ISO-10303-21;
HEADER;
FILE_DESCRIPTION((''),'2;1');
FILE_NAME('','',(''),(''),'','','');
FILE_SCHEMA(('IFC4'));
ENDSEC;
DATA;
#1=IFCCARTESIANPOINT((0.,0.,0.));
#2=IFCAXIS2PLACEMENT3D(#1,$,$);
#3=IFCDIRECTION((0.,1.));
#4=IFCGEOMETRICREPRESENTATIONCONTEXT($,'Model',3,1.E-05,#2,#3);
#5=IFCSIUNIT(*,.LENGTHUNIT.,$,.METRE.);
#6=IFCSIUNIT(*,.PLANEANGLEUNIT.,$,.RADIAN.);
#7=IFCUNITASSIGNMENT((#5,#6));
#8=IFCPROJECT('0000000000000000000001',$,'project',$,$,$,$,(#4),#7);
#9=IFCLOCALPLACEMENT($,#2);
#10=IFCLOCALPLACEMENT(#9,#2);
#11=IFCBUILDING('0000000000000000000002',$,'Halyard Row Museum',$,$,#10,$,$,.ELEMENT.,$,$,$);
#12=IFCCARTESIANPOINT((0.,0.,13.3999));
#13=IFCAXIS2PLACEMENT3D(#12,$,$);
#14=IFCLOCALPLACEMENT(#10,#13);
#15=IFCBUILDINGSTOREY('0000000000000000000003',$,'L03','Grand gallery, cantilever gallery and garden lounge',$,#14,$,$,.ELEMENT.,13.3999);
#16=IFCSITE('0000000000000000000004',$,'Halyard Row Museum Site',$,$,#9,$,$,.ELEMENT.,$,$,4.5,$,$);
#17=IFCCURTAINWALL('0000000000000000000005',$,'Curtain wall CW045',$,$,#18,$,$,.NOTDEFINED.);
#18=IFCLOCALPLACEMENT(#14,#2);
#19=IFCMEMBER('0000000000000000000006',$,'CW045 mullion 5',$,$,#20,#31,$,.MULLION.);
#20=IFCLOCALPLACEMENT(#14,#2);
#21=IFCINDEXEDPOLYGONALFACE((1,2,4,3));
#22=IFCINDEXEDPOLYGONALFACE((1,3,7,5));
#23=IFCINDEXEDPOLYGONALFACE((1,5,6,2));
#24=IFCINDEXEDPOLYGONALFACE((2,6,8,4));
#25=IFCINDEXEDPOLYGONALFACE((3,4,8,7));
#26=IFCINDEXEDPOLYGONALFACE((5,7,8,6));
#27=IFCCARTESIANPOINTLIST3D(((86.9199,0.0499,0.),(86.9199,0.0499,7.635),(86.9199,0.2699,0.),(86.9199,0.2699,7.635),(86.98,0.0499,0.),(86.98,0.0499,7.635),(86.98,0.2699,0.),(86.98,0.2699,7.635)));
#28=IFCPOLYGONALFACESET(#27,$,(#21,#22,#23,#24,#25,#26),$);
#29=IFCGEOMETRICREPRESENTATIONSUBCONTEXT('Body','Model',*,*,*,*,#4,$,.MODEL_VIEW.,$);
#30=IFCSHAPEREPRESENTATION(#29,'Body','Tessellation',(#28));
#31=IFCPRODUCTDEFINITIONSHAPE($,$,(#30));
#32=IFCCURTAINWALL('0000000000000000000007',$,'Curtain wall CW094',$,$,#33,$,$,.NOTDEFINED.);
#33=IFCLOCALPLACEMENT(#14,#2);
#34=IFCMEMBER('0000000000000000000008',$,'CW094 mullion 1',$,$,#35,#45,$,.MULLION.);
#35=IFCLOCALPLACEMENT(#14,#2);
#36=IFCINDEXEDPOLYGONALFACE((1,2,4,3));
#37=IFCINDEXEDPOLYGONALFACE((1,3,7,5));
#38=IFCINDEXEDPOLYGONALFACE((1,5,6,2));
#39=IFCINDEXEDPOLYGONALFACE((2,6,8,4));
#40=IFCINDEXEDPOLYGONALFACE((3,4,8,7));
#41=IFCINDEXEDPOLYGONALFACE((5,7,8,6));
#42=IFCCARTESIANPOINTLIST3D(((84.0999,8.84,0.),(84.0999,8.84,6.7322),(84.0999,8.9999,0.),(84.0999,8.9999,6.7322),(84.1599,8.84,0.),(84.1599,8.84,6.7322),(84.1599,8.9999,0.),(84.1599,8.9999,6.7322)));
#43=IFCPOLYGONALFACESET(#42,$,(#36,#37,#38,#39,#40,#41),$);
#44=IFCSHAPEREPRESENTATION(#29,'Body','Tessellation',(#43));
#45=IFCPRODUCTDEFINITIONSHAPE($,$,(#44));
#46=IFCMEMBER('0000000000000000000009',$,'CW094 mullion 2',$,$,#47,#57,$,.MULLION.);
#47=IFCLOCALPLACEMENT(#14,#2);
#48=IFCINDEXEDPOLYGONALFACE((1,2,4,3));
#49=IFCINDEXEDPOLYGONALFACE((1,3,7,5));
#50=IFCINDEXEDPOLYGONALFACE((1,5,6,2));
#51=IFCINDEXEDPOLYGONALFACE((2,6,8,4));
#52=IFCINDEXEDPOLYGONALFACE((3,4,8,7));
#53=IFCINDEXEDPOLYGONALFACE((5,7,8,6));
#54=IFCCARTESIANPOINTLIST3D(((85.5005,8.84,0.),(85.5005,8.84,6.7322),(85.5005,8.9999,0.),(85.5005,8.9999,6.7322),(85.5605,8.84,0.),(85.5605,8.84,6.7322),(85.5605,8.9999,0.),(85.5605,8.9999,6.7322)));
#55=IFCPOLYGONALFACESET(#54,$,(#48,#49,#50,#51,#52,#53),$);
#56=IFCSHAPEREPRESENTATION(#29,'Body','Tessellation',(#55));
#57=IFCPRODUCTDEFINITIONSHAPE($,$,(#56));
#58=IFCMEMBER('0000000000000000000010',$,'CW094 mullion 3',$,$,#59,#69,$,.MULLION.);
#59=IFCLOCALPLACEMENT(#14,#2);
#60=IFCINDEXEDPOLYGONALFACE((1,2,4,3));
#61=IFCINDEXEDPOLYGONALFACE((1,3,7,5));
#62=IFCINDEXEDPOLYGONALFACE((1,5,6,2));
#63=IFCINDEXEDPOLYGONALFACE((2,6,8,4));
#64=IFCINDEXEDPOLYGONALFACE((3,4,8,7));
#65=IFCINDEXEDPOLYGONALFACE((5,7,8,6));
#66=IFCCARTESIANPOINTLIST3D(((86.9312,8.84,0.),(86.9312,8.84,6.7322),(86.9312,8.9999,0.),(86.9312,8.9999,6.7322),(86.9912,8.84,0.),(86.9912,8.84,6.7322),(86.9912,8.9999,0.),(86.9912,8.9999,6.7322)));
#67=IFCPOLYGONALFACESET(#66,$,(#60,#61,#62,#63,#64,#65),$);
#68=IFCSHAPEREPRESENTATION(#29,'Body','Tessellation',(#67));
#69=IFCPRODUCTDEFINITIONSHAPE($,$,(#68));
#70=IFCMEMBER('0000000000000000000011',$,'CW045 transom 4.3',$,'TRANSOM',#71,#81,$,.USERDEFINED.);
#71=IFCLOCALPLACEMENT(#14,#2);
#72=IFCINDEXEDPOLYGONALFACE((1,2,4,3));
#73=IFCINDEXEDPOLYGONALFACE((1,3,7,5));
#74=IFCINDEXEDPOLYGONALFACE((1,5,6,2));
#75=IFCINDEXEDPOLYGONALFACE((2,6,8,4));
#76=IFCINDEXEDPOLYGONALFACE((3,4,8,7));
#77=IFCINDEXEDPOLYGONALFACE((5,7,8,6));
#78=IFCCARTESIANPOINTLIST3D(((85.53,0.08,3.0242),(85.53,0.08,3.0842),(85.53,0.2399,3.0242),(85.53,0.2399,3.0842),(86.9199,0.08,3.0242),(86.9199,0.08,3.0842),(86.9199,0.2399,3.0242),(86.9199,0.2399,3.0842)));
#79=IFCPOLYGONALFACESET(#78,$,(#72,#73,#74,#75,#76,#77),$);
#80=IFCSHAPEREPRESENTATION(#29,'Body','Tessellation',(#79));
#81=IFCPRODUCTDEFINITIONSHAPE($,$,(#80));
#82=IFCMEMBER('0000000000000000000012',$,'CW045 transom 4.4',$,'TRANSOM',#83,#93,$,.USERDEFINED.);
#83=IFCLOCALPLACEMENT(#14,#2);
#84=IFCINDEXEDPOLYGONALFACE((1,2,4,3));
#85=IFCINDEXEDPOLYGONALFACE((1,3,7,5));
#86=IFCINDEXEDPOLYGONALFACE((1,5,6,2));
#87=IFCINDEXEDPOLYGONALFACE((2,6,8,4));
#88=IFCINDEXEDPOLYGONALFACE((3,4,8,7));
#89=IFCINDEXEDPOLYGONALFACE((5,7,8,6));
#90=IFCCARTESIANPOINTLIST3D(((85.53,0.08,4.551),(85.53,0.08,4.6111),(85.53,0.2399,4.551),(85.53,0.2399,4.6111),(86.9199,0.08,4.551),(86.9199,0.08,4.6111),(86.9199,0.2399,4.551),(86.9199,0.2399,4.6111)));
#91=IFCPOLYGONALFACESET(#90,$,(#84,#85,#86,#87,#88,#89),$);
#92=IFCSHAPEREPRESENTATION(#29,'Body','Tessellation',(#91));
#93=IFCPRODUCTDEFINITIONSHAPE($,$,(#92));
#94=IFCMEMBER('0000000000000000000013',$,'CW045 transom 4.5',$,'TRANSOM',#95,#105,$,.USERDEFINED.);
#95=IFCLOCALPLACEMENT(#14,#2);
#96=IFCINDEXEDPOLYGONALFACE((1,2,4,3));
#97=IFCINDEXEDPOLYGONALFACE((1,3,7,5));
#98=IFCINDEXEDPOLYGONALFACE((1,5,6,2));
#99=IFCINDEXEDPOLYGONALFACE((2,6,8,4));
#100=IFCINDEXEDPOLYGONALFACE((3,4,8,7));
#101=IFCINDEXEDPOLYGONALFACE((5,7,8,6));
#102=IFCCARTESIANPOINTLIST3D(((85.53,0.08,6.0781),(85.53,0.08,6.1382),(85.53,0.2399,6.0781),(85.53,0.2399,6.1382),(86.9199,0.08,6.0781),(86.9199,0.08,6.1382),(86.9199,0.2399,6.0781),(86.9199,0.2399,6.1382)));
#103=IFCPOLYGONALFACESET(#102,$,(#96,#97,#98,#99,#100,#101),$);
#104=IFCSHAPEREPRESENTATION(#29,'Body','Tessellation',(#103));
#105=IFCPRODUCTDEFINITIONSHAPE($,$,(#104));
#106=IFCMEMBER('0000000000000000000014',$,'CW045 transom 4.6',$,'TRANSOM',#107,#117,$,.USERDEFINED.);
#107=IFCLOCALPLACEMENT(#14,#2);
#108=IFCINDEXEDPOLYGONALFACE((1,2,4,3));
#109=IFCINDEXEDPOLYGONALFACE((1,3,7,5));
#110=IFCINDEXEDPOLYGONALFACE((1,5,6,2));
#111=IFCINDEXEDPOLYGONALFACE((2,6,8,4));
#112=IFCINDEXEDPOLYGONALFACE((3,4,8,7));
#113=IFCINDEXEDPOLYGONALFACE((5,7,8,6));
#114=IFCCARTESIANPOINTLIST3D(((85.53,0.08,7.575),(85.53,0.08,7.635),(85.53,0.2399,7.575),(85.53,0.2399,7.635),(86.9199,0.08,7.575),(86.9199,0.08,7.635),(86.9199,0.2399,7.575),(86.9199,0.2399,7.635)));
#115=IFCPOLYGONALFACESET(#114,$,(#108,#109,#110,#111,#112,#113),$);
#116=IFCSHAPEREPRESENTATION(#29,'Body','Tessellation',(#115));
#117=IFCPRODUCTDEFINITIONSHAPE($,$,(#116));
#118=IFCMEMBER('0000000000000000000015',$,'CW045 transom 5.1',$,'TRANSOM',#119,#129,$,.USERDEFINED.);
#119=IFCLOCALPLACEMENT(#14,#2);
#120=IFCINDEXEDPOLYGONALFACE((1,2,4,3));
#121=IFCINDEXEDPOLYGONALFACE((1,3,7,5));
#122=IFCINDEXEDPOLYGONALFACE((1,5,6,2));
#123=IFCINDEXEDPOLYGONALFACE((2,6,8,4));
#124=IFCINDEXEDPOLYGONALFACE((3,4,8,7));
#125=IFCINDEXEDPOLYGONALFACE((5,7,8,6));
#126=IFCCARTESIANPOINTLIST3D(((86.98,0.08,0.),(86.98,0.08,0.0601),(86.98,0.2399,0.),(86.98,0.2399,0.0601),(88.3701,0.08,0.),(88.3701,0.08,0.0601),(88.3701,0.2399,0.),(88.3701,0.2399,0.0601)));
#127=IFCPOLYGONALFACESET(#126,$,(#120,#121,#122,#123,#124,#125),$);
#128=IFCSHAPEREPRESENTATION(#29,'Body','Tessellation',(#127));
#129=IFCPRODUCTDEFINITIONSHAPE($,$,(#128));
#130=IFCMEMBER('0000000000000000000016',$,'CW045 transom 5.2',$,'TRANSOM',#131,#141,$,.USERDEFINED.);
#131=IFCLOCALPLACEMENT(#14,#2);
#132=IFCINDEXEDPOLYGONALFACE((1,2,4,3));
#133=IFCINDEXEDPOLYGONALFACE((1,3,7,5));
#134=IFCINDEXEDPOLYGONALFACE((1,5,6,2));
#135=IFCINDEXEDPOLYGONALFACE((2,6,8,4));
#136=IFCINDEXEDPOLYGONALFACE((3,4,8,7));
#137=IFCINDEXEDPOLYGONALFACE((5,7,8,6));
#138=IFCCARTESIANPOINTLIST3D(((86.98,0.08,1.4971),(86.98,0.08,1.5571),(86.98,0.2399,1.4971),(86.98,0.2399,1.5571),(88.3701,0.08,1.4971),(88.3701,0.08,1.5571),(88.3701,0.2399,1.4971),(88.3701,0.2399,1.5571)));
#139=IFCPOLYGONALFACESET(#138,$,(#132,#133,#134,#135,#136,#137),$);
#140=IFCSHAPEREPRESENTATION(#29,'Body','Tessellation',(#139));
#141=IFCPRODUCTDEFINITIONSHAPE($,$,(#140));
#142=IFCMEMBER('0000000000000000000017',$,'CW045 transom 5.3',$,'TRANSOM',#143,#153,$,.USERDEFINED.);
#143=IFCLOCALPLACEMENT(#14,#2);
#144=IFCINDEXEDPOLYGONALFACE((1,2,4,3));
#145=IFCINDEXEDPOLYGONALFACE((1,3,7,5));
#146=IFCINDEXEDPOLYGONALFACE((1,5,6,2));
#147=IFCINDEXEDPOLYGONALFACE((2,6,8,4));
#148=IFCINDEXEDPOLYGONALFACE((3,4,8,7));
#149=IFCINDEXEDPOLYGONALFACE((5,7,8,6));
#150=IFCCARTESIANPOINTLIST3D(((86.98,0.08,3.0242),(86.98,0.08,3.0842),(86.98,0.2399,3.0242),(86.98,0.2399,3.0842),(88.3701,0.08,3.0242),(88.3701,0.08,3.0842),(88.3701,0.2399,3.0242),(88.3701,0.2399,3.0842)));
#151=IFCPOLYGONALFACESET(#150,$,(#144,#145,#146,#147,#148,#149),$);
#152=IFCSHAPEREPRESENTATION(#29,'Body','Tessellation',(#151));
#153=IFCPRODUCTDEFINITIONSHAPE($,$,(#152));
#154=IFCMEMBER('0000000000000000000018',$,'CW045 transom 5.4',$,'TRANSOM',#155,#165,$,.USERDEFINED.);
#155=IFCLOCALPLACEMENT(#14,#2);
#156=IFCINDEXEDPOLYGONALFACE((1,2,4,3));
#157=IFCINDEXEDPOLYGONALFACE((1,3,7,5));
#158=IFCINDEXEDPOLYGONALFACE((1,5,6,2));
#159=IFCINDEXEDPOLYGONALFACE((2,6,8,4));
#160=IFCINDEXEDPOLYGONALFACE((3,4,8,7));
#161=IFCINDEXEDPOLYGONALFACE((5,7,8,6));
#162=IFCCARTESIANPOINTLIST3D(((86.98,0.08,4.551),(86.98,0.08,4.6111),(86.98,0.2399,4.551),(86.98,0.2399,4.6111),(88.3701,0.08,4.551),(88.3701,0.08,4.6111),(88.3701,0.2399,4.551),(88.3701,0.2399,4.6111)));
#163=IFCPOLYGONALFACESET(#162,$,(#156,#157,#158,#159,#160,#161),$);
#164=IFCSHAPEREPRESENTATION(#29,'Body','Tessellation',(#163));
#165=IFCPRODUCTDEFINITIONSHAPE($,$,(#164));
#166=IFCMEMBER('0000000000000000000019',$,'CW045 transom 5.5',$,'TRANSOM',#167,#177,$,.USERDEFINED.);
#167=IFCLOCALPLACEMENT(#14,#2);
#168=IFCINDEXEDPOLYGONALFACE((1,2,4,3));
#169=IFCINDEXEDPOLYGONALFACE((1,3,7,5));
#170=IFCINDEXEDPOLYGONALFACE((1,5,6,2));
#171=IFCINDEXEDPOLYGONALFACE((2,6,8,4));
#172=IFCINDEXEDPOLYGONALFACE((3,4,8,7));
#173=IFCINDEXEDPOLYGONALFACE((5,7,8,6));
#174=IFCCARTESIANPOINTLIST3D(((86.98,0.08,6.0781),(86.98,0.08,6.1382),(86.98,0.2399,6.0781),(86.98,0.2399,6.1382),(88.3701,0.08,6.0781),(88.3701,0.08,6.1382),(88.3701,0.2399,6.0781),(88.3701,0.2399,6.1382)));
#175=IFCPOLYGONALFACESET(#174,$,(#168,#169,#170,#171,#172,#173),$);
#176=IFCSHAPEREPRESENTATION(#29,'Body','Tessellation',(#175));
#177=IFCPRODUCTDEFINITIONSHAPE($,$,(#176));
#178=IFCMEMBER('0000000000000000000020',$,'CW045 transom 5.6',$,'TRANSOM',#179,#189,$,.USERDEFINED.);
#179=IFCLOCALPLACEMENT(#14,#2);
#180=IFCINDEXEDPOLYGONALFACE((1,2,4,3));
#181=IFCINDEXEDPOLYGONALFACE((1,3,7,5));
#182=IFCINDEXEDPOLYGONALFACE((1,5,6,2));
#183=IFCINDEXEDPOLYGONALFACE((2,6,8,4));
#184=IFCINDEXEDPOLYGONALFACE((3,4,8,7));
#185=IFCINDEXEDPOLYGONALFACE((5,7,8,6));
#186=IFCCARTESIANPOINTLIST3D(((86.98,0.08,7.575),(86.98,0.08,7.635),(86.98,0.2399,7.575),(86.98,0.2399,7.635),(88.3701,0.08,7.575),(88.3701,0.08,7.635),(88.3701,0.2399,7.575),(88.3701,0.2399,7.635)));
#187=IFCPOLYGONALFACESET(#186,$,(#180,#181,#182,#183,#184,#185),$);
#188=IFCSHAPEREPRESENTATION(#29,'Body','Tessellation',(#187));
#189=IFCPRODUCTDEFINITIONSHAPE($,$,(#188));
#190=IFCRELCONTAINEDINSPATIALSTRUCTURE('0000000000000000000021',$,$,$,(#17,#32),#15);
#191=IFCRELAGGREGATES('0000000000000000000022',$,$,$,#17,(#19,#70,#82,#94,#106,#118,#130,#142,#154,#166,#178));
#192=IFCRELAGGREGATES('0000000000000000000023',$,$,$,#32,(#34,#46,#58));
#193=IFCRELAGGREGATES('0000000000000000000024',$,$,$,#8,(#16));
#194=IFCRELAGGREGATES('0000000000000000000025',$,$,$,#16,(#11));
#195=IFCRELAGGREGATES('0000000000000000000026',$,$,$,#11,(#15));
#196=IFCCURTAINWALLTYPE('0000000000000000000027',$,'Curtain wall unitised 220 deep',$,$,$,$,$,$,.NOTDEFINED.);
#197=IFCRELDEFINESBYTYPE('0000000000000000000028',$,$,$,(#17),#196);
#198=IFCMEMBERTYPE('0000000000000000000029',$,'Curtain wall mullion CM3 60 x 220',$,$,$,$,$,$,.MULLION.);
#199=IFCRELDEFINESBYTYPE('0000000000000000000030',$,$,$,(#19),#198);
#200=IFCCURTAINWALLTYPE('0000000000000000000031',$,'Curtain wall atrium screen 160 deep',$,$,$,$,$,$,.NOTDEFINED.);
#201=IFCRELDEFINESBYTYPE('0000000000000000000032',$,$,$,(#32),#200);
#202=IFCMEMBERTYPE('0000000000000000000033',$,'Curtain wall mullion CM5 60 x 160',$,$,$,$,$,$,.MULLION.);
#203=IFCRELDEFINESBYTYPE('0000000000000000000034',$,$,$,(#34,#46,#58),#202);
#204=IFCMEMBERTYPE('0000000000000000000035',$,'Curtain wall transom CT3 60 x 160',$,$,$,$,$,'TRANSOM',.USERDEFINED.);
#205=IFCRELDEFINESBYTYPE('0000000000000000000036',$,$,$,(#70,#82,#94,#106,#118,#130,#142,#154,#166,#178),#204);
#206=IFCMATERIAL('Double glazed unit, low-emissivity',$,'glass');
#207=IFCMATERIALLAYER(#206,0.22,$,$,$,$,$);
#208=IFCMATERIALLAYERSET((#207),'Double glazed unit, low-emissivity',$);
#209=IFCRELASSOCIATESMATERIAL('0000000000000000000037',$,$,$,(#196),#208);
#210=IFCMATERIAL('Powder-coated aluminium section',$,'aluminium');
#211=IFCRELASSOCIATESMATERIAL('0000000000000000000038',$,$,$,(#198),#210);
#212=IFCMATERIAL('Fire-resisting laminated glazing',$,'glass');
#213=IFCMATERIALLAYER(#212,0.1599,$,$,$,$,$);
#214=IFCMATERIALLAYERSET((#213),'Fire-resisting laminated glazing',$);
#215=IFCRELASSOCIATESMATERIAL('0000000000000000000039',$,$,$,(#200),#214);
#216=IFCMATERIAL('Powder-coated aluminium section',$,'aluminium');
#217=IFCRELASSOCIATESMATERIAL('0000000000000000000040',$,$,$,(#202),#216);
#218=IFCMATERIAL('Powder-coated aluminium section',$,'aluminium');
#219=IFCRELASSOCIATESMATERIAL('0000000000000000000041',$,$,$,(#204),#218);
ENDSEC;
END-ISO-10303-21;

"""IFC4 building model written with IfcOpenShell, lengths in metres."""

from ifc_helpers import new_model, si_unit, direction, frame, origin, origin_2d, place, context, subcontext, project, spatial, rectangle, extrude, material, layer, layer_set, material_profile, profile_set, type_object, element, aggregate, save


model = new_model("IFC4")

# Units and contexts
model_context = context("Model", 3, precision=1e-05, world=origin(), true_north=direction((0.0, 1.0)))
body_context = subcontext(model_context, "Body", "Model", "MODEL_VIEW")
ifc_project = project(units=[si_unit("LENGTHUNIT", "METRE"), si_unit("PLANEANGLEUNIT", "RADIAN")], contexts=[model_context])

# Site, building, storey
site_placement = place(None, origin())
site = spatial("IfcSite", under=ifc_project, at=site_placement, Name="Halyard Row Museum Site", CompositionType="ELEMENT", RefElevation=4.5)
building_placement = place(site_placement, origin())
building = spatial("IfcBuilding", under=site, at=building_placement, Name="Halyard Row Museum", CompositionType="ELEMENT")
storey_placement = place(building_placement, frame((0.0, 0.0, 13.3999)))
storey = spatial("IfcBuildingStorey", under=building, at=storey_placement, Name="L03", Description="Grand gallery, cantilever gallery and garden lounge", CompositionType="ELEMENT", Elevation=13.3999)

# Curtain wall, member
ifc_material_1 = material(Name="Double glazed unit, low-emissivity", Category="glass")
ifc_layer_1 = layer(ifc_material_1, 0.22)
ifc_layer_set_1 = layer_set([ifc_layer_1], Name="Double glazed unit, low-emissivity")
curtain_wall_type_1 = type_object("IfcCurtainWallType", Name="Curtain wall unitised 220 deep", PredefinedType="NOTDEFINED", material=ifc_layer_set_1)
curtain_wall_1_placement = place(storey_placement, origin())
curtain_wall_1 = element("IfcCurtainWall", 1, at=curtain_wall_1_placement, inside=storey, type_object=curtain_wall_type_1, Name="Curtain wall CW045", PredefinedType="NOTDEFINED")
ifc_material_2 = material(Name="Powder-coated aluminium section", Category="aluminium")
ifc_material_profile_1 = material_profile(ifc_material_2, rectangle(XDim=0.22, YDim=0.0601, at=origin_2d()), Name="220x60 mullion")
ifc_profile_set_1 = profile_set([ifc_material_profile_1], Name="Powder-coated aluminium section")
member_type_1 = type_object("IfcMemberType", Name="Curtain wall mullion CM3 60 x 220", PredefinedType="MULLION", material=ifc_profile_set_1)
member_1_placement = place(storey_placement, frame((86.95, 0.1599, 0.0), z_axis=(0.0, 0.0, 1.0), x_axis=(0.0, 1.0, 0.0)))
member_1 = element("IfcMember", 2, at=member_1_placement, type_object=member_type_1, Name="CW045 mullion 5", PredefinedType="MULLION", context=body_context, shape_type="SweptSolid", body=[
    extrude(rectangle(XDim=0.22, YDim=0.0601, at=origin_2d()), origin(), (0.0, 0.0, 1.0), 7.635),
])

# Curtain wall, members
ifc_material_3 = material(Name="Fire-resisting laminated glazing", Category="glass")
ifc_layer_2 = layer(ifc_material_3, 0.1599)
ifc_layer_set_2 = layer_set([ifc_layer_2], Name="Fire-resisting laminated glazing")
curtain_wall_type_2 = type_object("IfcCurtainWallType", Name="Curtain wall atrium screen 160 deep", PredefinedType="NOTDEFINED", material=ifc_layer_set_2)
curtain_wall_2_placement = place(storey_placement, origin())
curtain_wall_2 = element("IfcCurtainWall", 3, at=curtain_wall_2_placement, inside=storey, type_object=curtain_wall_type_2, Name="Curtain wall CW094", PredefinedType="NOTDEFINED")
ifc_material_4 = material(Name="Powder-coated aluminium section", Category="aluminium")
ifc_material_profile_2 = material_profile(ifc_material_4, rectangle(XDim=0.1599, YDim=0.0601, at=origin_2d()), Name="160x60 mullion")
ifc_profile_set_2 = profile_set([ifc_material_profile_2], Name="Powder-coated aluminium section")
member_type_2 = type_object("IfcMemberType", Name="Curtain wall mullion CM5 60 x 160", PredefinedType="MULLION", material=ifc_profile_set_2)
member_2_placement = place(storey_placement, frame((84.1299, 8.9199, 0.0), z_axis=(0.0, 0.0, 1.0), x_axis=(0.0, 1.0, 0.0)))
member_2 = element("IfcMember", 4, at=member_2_placement, type_object=member_type_2, Name="CW094 mullion 1", PredefinedType="MULLION", context=body_context, shape_type="SweptSolid", body=[
    extrude(rectangle(XDim=0.1599, YDim=0.0601, at=origin_2d()), origin(), (0.0, 0.0, 1.0), 6.7322),
])
member_3_placement = place(storey_placement, frame((85.5305, 8.9199, 0.0), z_axis=(0.0, 0.0, 1.0), x_axis=(0.0, 1.0, 0.0)))
member_3 = element("IfcMember", 5, at=member_3_placement, type_object=member_type_2, Name="CW094 mullion 2", PredefinedType="MULLION", context=body_context, shape_type="SweptSolid", body=[
    extrude(rectangle(XDim=0.1599, YDim=0.0601, at=origin_2d()), origin(), (0.0, 0.0, 1.0), 6.7322),
])
member_4_placement = place(storey_placement, frame((86.9612, 8.9199, 0.0), z_axis=(0.0, 0.0, 1.0), x_axis=(0.0, 1.0, 0.0)))
member_4 = element("IfcMember", 6, at=member_4_placement, type_object=member_type_2, Name="CW094 mullion 3", PredefinedType="MULLION", context=body_context, shape_type="SweptSolid", body=[
    extrude(rectangle(XDim=0.1599, YDim=0.0601, at=origin_2d()), origin(), (0.0, 0.0, 1.0), 6.7322),
])

# Members
ifc_material_5 = material(Name="Powder-coated aluminium section", Category="aluminium")
ifc_material_profile_3 = material_profile(ifc_material_5, rectangle(XDim=0.1599, YDim=0.0601, at=origin_2d()), Name="160x60 transom")
ifc_profile_set_3 = profile_set([ifc_material_profile_3], Name="Powder-coated aluminium section")
member_type_3 = type_object("IfcMemberType", Name="Curtain wall transom CT3 60 x 160", ElementType="TRANSOM", PredefinedType="USERDEFINED", material=ifc_profile_set_3)
member_5_placement = place(storey_placement, frame((85.53, 0.1599, 3.0542), z_axis=(1.0, 0.0, 0.0), x_axis=(0.0, 1.0, 0.0)))
member_5 = element("IfcMember", 7, at=member_5_placement, type_object=member_type_3, Name="CW045 transom 4.3", ObjectType="TRANSOM", PredefinedType="USERDEFINED", context=body_context, shape_type="SweptSolid", body=[
    extrude(rectangle(XDim=0.1599, YDim=0.0601, at=origin_2d()), origin(), (0.0, 0.0, 1.0), 1.3899),
])
member_6_placement = place(storey_placement, frame((85.53, 0.1599, 4.5811), z_axis=(1.0, 0.0, 0.0), x_axis=(0.0, 1.0, 0.0)))
member_6 = element("IfcMember", 8, at=member_6_placement, type_object=member_type_3, Name="CW045 transom 4.4", ObjectType="TRANSOM", PredefinedType="USERDEFINED", context=body_context, shape_type="SweptSolid", body=[
    extrude(rectangle(XDim=0.1599, YDim=0.0601, at=origin_2d()), origin(), (0.0, 0.0, 1.0), 1.3899),
])
member_7_placement = place(storey_placement, frame((85.53, 0.1599, 6.1082), z_axis=(1.0, 0.0, 0.0), x_axis=(0.0, 1.0, 0.0)))
member_7 = element("IfcMember", 9, at=member_7_placement, type_object=member_type_3, Name="CW045 transom 4.5", ObjectType="TRANSOM", PredefinedType="USERDEFINED", context=body_context, shape_type="SweptSolid", body=[
    extrude(rectangle(XDim=0.1599, YDim=0.0601, at=origin_2d()), origin(), (0.0, 0.0, 1.0), 1.3899),
])
member_8_placement = place(storey_placement, frame((85.53, 0.1599, 7.605), z_axis=(1.0, 0.0, 0.0), x_axis=(0.0, 1.0, 0.0)))
member_8 = element("IfcMember", 10, at=member_8_placement, type_object=member_type_3, Name="CW045 transom 4.6", ObjectType="TRANSOM", PredefinedType="USERDEFINED", context=body_context, shape_type="SweptSolid", body=[
    extrude(rectangle(XDim=0.1599, YDim=0.0601, at=origin_2d()), origin(), (0.0, 0.0, 1.0), 1.3899),
])
member_9_placement = place(storey_placement, frame((86.98, 0.1599, 0.03), z_axis=(1.0, 0.0, 0.0), x_axis=(0.0, 1.0, 0.0)))
member_9 = element("IfcMember", 11, at=member_9_placement, type_object=member_type_3, Name="CW045 transom 5.1", ObjectType="TRANSOM", PredefinedType="USERDEFINED", context=body_context, shape_type="SweptSolid", body=[
    extrude(rectangle(XDim=0.1599, YDim=0.0601, at=origin_2d()), origin(), (0.0, 0.0, 1.0), 1.3901),
])
member_10_placement = place(storey_placement, frame((86.98, 0.1599, 1.5271), z_axis=(1.0, 0.0, 0.0), x_axis=(0.0, 1.0, 0.0)))
member_10 = element("IfcMember", 12, at=member_10_placement, type_object=member_type_3, Name="CW045 transom 5.2", ObjectType="TRANSOM", PredefinedType="USERDEFINED", context=body_context, shape_type="SweptSolid", body=[
    extrude(rectangle(XDim=0.1599, YDim=0.0601, at=origin_2d()), origin(), (0.0, 0.0, 1.0), 1.3901),
])
member_11_placement = place(storey_placement, frame((86.98, 0.1599, 3.0542), z_axis=(1.0, 0.0, 0.0), x_axis=(0.0, 1.0, 0.0)))
member_11 = element("IfcMember", 13, at=member_11_placement, type_object=member_type_3, Name="CW045 transom 5.3", ObjectType="TRANSOM", PredefinedType="USERDEFINED", context=body_context, shape_type="SweptSolid", body=[
    extrude(rectangle(XDim=0.1599, YDim=0.0601, at=origin_2d()), origin(), (0.0, 0.0, 1.0), 1.3901),
])
member_12_placement = place(storey_placement, frame((86.98, 0.1599, 4.5811), z_axis=(1.0, 0.0, 0.0), x_axis=(0.0, 1.0, 0.0)))
member_12 = element("IfcMember", 14, at=member_12_placement, type_object=member_type_3, Name="CW045 transom 5.4", ObjectType="TRANSOM", PredefinedType="USERDEFINED", context=body_context, shape_type="SweptSolid", body=[
    extrude(rectangle(XDim=0.1599, YDim=0.0601, at=origin_2d()), origin(), (0.0, 0.0, 1.0), 1.3901),
])
member_13_placement = place(storey_placement, frame((86.98, 0.1599, 6.1082), z_axis=(1.0, 0.0, 0.0), x_axis=(0.0, 1.0, 0.0)))
member_13 = element("IfcMember", 15, at=member_13_placement, type_object=member_type_3, Name="CW045 transom 5.5", ObjectType="TRANSOM", PredefinedType="USERDEFINED", context=body_context, shape_type="SweptSolid", body=[
    extrude(rectangle(XDim=0.1599, YDim=0.0601, at=origin_2d()), origin(), (0.0, 0.0, 1.0), 1.3901),
])
member_14_placement = place(storey_placement, frame((86.98, 0.1599, 7.605), z_axis=(1.0, 0.0, 0.0), x_axis=(0.0, 1.0, 0.0)))
member_14 = element("IfcMember", 16, at=member_14_placement, type_object=member_type_3, Name="CW045 transom 5.6", ObjectType="TRANSOM", PredefinedType="USERDEFINED", context=body_context, shape_type="SweptSolid", body=[
    extrude(rectangle(XDim=0.1599, YDim=0.0601, at=origin_2d()), origin(), (0.0, 0.0, 1.0), 1.3901),
])

aggregate(curtain_wall_1, [member_1, member_5, member_6, member_7, member_8, member_9, member_10, member_11, member_12, member_13, member_14])
aggregate(curtain_wall_2, [member_2, member_3, member_4])

save(model, "model.ifc")
